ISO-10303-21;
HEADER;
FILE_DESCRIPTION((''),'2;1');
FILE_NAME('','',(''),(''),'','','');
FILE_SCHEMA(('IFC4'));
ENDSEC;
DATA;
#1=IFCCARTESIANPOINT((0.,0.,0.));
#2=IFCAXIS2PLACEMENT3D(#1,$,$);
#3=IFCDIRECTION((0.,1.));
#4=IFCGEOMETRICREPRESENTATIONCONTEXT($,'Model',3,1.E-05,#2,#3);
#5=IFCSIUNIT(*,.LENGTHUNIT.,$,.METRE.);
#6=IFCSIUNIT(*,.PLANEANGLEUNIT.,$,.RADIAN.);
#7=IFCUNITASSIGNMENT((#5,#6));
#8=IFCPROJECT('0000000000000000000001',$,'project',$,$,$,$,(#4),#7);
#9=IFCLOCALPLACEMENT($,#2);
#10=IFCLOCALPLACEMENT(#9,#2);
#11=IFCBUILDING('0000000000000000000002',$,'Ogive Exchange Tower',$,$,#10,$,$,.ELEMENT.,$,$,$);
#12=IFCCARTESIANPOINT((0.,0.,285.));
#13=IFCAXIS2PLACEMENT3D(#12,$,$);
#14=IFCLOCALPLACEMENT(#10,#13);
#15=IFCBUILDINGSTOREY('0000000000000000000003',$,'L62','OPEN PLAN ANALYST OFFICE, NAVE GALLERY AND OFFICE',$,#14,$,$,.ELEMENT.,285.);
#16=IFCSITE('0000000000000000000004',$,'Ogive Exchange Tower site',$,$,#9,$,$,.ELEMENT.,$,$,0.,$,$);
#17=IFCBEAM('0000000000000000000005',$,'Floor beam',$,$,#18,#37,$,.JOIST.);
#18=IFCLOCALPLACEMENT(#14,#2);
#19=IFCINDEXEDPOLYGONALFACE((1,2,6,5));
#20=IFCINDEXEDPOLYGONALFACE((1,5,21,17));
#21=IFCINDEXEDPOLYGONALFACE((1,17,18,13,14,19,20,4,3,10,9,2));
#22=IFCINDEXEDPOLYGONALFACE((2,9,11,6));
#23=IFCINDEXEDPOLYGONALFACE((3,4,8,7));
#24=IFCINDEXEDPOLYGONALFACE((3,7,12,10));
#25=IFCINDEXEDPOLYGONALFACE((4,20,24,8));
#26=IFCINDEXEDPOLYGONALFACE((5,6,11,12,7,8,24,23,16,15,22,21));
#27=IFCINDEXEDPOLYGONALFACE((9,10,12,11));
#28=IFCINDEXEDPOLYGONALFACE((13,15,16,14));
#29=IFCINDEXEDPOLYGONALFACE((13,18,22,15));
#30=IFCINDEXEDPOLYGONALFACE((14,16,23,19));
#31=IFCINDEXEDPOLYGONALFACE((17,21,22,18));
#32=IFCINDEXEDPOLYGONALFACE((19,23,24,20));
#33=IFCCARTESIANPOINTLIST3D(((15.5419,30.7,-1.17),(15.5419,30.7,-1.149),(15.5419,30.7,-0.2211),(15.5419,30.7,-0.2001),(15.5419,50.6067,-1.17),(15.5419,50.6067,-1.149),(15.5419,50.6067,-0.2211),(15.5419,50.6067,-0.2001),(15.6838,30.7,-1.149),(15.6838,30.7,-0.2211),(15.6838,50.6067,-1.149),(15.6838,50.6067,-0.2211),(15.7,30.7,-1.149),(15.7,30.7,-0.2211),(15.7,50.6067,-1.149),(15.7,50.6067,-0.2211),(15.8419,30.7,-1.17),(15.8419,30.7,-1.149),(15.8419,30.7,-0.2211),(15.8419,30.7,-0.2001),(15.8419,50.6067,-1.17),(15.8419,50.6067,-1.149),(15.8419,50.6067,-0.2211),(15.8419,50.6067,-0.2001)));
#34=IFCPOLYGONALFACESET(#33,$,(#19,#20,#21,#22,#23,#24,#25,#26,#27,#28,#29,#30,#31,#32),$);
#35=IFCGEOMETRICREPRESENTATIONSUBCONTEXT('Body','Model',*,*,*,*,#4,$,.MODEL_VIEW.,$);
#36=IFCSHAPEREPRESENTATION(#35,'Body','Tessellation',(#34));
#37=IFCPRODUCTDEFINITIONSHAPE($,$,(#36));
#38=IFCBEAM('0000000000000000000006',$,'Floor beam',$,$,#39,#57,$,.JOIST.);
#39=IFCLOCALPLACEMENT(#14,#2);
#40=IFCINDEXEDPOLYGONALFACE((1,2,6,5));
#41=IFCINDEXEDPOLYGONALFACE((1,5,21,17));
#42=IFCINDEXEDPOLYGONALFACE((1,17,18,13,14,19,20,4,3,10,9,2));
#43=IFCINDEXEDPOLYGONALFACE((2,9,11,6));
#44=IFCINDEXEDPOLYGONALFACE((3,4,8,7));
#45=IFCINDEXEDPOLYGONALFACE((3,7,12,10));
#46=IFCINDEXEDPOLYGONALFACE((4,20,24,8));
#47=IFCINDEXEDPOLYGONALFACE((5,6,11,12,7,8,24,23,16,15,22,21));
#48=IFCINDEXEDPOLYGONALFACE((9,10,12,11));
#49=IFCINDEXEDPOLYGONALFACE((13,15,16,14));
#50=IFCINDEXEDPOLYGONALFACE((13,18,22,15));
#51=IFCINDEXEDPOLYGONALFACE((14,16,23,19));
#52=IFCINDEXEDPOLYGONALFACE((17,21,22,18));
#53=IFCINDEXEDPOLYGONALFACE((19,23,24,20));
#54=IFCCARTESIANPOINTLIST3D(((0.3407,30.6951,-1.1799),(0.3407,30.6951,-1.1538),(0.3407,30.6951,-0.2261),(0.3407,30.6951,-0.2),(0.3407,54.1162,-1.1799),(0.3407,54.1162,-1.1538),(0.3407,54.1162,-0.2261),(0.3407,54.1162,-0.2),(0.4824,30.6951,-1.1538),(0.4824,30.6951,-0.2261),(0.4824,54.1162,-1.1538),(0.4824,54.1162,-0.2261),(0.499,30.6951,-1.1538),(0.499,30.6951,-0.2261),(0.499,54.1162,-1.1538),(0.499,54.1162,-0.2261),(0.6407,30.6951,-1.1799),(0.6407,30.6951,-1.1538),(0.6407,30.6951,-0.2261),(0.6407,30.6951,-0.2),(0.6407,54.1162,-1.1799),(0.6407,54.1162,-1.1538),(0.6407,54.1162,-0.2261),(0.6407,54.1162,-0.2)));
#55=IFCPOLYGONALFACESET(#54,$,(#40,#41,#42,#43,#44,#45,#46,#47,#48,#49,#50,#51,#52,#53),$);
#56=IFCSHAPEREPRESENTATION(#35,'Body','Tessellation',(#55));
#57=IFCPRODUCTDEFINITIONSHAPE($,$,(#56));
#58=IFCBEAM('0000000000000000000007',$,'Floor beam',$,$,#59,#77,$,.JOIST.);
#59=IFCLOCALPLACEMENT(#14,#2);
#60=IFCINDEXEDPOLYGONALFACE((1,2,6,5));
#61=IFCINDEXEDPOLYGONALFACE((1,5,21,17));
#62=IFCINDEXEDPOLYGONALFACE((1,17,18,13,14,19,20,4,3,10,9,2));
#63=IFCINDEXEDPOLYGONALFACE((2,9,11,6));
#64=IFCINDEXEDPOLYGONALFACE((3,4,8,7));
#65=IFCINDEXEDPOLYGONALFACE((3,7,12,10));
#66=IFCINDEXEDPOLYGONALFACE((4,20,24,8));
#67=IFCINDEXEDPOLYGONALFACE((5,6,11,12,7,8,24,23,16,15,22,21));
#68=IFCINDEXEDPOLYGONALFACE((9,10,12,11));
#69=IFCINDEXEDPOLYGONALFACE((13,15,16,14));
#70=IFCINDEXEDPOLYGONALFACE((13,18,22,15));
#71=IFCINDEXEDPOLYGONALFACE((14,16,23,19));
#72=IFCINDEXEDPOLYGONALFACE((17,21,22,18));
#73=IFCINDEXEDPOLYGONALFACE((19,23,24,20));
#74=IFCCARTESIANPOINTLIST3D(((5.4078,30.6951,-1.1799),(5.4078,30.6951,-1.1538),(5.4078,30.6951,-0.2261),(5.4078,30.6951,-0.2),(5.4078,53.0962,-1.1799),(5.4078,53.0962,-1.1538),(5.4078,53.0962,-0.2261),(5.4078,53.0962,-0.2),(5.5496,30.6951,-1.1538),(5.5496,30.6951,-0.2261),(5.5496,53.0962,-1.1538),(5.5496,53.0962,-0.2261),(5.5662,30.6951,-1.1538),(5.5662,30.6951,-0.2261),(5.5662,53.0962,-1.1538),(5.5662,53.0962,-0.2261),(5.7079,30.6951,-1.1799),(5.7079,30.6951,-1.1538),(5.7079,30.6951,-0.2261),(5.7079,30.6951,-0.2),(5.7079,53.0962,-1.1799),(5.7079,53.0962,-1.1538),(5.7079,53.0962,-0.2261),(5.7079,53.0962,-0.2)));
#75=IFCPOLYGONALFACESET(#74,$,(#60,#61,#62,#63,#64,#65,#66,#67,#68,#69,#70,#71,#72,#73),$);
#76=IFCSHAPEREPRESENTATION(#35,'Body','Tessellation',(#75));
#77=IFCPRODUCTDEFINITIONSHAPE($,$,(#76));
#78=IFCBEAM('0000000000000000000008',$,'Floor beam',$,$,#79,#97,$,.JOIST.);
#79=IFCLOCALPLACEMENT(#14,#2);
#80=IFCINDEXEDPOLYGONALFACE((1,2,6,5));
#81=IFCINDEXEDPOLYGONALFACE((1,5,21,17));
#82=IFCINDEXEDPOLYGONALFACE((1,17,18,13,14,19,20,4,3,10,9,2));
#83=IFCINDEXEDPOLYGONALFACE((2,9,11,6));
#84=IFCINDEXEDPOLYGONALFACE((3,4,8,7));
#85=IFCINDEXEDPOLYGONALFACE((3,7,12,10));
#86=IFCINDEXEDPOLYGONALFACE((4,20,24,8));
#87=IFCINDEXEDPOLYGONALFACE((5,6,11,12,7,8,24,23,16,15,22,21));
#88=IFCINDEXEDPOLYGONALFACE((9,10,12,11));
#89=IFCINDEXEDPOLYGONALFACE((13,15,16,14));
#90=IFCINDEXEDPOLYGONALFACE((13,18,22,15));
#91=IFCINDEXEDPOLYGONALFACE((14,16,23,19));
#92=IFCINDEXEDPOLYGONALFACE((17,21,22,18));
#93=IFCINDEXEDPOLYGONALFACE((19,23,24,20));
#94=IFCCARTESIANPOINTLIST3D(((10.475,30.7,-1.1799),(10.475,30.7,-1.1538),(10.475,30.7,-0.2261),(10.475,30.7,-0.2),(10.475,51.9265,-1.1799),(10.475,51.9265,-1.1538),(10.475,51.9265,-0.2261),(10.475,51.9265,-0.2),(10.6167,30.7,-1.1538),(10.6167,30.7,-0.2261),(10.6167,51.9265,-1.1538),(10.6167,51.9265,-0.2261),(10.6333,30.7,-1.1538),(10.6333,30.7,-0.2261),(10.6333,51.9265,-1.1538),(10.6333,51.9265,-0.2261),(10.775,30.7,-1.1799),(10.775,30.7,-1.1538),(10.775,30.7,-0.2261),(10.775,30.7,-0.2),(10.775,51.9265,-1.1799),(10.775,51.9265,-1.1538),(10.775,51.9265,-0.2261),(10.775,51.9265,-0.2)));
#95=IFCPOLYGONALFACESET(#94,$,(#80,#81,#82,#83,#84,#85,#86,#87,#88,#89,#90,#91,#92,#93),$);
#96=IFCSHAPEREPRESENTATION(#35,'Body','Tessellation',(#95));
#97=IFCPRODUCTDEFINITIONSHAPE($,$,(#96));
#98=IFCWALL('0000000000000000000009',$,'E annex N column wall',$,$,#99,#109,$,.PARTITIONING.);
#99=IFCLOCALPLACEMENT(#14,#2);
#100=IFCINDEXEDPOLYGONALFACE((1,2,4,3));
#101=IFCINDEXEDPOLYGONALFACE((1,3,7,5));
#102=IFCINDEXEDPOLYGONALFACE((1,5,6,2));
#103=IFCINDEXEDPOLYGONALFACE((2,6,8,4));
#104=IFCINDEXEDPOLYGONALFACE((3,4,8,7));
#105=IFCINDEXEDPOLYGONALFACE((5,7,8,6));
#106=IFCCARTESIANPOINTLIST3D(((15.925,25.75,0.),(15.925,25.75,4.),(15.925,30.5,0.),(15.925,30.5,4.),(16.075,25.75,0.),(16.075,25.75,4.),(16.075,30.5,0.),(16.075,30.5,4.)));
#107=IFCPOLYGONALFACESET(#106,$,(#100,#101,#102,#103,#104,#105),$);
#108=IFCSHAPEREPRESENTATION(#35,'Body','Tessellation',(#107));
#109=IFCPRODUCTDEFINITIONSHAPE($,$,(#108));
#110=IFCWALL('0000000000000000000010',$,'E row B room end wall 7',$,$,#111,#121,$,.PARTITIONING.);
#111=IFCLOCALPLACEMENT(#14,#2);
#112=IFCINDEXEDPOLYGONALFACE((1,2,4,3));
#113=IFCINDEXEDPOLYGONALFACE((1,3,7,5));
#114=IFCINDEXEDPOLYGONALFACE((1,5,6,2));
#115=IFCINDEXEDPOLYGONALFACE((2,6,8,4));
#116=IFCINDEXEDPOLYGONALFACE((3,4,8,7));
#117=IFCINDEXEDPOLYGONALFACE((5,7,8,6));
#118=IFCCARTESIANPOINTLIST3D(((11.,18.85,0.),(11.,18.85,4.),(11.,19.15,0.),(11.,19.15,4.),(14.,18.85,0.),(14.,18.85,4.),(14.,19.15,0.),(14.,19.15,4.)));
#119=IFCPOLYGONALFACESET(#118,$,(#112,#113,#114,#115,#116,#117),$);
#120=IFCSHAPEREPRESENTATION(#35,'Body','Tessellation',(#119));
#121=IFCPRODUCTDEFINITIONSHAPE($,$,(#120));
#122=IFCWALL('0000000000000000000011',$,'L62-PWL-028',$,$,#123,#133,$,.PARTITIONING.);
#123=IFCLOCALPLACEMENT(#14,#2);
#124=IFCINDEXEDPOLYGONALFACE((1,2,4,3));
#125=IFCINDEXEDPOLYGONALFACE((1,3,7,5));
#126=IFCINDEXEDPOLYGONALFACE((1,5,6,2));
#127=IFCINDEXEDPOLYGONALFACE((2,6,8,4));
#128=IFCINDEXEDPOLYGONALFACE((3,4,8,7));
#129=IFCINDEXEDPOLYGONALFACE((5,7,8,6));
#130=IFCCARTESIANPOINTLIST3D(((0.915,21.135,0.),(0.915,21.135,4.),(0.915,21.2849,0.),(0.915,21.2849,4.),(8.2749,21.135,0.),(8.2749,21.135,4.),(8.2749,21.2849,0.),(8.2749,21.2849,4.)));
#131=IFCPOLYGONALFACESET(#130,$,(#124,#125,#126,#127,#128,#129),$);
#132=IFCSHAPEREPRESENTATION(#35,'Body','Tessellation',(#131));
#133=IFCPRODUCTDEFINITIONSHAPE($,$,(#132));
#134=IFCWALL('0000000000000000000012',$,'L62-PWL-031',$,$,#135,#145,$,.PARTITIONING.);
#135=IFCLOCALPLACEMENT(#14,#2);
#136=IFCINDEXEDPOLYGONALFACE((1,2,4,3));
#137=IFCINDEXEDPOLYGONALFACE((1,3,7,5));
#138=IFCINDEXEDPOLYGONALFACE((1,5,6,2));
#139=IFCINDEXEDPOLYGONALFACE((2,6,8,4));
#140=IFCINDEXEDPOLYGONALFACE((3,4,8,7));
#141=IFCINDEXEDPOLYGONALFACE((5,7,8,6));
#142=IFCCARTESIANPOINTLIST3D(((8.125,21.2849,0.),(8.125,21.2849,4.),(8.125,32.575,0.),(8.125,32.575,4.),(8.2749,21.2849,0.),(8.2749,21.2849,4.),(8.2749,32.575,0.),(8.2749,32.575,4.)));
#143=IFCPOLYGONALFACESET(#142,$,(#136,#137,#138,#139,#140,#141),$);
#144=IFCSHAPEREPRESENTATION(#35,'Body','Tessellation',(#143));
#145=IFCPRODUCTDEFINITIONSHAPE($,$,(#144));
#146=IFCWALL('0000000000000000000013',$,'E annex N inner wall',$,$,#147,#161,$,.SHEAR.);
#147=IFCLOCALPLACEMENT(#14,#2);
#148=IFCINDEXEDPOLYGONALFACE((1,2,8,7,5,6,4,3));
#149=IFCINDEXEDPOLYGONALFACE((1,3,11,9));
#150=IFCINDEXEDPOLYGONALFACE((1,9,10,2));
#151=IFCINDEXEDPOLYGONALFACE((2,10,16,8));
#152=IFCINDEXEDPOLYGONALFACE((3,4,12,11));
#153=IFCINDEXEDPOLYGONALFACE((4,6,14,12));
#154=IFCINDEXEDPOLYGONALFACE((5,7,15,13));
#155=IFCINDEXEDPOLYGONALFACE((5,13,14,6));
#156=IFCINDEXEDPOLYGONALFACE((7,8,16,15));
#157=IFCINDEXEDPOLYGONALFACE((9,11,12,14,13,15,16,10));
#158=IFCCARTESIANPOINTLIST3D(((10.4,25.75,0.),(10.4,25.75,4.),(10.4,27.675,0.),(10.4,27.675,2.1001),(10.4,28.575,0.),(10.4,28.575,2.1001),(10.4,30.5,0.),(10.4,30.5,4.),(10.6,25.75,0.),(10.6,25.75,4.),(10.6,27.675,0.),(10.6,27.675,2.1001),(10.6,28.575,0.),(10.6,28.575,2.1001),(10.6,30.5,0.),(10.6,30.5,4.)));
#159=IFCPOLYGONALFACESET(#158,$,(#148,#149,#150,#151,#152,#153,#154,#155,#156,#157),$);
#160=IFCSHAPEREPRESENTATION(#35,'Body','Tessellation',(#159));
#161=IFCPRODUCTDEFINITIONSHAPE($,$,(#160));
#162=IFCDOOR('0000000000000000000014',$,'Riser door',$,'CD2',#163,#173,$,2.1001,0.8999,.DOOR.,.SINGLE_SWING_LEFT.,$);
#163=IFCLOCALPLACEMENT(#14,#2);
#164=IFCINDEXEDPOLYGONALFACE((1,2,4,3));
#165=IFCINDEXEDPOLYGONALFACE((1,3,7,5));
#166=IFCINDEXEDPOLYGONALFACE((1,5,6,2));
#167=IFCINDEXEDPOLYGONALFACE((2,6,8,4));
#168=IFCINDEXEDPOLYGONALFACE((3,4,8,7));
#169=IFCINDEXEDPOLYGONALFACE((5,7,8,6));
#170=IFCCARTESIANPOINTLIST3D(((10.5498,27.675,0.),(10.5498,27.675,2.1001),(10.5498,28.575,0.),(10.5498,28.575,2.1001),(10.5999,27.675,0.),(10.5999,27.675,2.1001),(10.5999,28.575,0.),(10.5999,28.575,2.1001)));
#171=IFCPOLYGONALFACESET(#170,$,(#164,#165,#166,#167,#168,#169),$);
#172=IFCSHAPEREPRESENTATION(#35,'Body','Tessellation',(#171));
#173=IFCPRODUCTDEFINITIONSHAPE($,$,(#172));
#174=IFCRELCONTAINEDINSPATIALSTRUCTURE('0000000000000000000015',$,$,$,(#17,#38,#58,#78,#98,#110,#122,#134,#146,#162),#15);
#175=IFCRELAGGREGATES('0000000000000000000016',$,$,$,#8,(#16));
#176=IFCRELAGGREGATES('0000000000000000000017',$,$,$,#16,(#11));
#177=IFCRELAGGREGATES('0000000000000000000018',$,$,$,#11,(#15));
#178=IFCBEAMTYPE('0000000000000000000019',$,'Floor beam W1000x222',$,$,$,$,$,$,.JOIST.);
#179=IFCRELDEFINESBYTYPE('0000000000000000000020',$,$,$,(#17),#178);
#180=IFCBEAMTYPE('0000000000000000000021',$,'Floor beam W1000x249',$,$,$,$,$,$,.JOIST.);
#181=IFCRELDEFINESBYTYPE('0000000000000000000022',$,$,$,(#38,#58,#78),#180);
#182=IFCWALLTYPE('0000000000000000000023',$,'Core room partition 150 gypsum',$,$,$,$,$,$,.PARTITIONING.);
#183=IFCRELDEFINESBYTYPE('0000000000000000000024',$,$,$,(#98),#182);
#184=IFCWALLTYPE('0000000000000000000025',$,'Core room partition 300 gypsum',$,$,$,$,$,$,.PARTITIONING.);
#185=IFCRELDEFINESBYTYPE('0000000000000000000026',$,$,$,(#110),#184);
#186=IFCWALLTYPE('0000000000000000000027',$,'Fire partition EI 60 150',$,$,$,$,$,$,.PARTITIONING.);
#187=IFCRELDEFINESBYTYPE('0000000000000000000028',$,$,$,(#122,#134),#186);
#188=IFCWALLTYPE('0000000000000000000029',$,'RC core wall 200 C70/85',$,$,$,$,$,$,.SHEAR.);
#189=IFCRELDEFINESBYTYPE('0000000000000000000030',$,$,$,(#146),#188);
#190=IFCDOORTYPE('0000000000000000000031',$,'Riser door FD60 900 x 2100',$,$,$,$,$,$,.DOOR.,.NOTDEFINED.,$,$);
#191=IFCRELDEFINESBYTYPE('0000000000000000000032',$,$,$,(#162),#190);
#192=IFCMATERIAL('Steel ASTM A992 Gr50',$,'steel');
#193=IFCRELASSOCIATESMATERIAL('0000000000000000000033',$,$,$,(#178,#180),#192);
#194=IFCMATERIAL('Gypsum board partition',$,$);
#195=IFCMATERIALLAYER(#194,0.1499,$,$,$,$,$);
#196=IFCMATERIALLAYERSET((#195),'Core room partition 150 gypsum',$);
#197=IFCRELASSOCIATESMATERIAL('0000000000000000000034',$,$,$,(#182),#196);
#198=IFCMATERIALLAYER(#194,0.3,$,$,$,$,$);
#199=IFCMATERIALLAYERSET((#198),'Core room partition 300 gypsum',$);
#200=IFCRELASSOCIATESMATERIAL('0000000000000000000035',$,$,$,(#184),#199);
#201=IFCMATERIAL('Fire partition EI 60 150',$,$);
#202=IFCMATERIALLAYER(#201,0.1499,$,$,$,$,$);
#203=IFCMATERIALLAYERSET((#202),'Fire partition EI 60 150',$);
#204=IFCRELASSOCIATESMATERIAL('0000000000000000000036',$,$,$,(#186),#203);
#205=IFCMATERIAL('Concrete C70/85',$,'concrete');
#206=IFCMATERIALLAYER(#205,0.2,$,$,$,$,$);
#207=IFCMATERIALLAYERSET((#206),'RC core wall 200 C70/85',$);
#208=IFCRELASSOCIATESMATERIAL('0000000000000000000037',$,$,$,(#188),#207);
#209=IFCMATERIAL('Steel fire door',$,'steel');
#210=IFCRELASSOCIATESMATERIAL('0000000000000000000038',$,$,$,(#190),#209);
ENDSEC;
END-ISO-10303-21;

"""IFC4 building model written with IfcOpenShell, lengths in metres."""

from ifc_helpers import new_model, si_unit, direction, frame, frame_2d, origin, origin_2d, place, context, subcontext, project, spatial, rectangle, i_section, extrude, material, layer, layer_set, material_profile, profile_set, type_object, element, fill, save


model = new_model("IFC4")

# Units and contexts
model_context = context("Model", 3, precision=1e-05, world=origin(), true_north=direction((0.0, 1.0)))
body_context = subcontext(model_context, "Body", "Model", "MODEL_VIEW")
ifc_project = project(units=[si_unit("LENGTHUNIT", "METRE"), si_unit("PLANEANGLEUNIT", "RADIAN")], contexts=[model_context])

# Site, building, storey
site_placement = place(None, origin())
site = spatial("IfcSite", under=ifc_project, at=site_placement, Name="Ogive Exchange Tower site", CompositionType="ELEMENT", RefElevation=0.0)
building_placement = place(site_placement, origin())
building = spatial("IfcBuilding", under=site, at=building_placement, Name="Ogive Exchange Tower", CompositionType="ELEMENT")
storey_placement = place(building_placement, frame((0.0, 0.0, 285.0)))
storey = spatial("IfcBuildingStorey", under=building, at=storey_placement, Name="L62", Description="OPEN PLAN ANALYST OFFICE, NAVE GALLERY AND OFFICE", CompositionType="ELEMENT", Elevation=285.0)

# Beams
ifc_material_1 = material(Name="Steel ASTM A992 Gr50", Category="steel")
ifc_material_profile_1 = material_profile(ifc_material_1, i_section(OverallWidth=0.3, OverallDepth=0.97, WebThickness=0.0161, FlangeThickness=0.021, at=origin_2d()), Name="W1000x222")
ifc_profile_set_1 = profile_set([ifc_material_profile_1], Name="Steel ASTM A992 Gr50")
beam_type_1 = type_object("IfcBeamType", Name="Floor beam W1000x222", PredefinedType="JOIST", material=ifc_profile_set_1)
beam_1_placement = place(storey_placement, frame((15.6919, 30.7, -0.6851), z_axis=(0.0, 1.0, 0.0), x_axis=(-1.0, 0.0, 0.0)))
element("IfcBeam", 1, at=beam_1_placement, inside=storey, type_object=beam_type_1, Name="Floor beam", PredefinedType="JOIST", context=body_context, shape_type="SweptSolid", body=[
    extrude(i_section(OverallWidth=0.3, OverallDepth=0.97, WebThickness=0.0161, FlangeThickness=0.021, at=origin_2d()), origin(), (0.0, 0.0, 1.0), 19.9067),
])
ifc_material_profile_2 = material_profile(ifc_material_1, i_section(OverallWidth=0.3, OverallDepth=0.98, WebThickness=0.0166, FlangeThickness=0.0261, at=origin_2d()), Name="W1000x249")
ifc_profile_set_2 = profile_set([ifc_material_profile_2], Name="Steel ASTM A992 Gr50")
beam_type_2 = type_object("IfcBeamType", Name="Floor beam W1000x249", PredefinedType="JOIST", material=ifc_profile_set_2)
beam_2_placement = place(storey_placement, frame((0.4907, 30.6951, -0.6899), z_axis=(0.0, 1.0, 0.0), x_axis=(-1.0, 0.0, 0.0)))
element("IfcBeam", 2, at=beam_2_placement, inside=storey, type_object=beam_type_2, Name="Floor beam", PredefinedType="JOIST", context=body_context, shape_type="SweptSolid", body=[
    extrude(i_section(OverallWidth=0.3, OverallDepth=0.98, WebThickness=0.0166, FlangeThickness=0.0261, at=origin_2d()), origin(), (0.0, 0.0, 1.0), 23.4211),
])
beam_3_placement = place(storey_placement, frame((5.5579, 30.6951, -0.6899), z_axis=(0.0, 1.0, 0.0), x_axis=(-1.0, 0.0, 0.0)))
element("IfcBeam", 3, at=beam_3_placement, inside=storey, type_object=beam_type_2, Name="Floor beam", PredefinedType="JOIST", context=body_context, shape_type="SweptSolid", body=[
    extrude(i_section(OverallWidth=0.3, OverallDepth=0.98, WebThickness=0.0166, FlangeThickness=0.0261, at=origin_2d()), origin(), (0.0, 0.0, 1.0), 22.4011),
])
beam_4_placement = place(storey_placement, frame((10.625, 30.7, -0.6899), z_axis=(0.0, 1.0, 0.0), x_axis=(-1.0, 0.0, 0.0)))
element("IfcBeam", 4, at=beam_4_placement, inside=storey, type_object=beam_type_2, Name="Floor beam", PredefinedType="JOIST", context=body_context, shape_type="SweptSolid", body=[
    extrude(i_section(OverallWidth=0.3, OverallDepth=0.98, WebThickness=0.0166, FlangeThickness=0.0261, at=origin_2d()), origin(), (0.0, 0.0, 1.0), 21.2266),
])

# Walls
ifc_material_2 = material(Name="Gypsum board partition")
ifc_layer_1 = layer(ifc_material_2, 0.1499)
ifc_layer_set_1 = layer_set([ifc_layer_1], Name="Core room partition 150 gypsum")
wall_type_1 = type_object("IfcWallType", Name="Core room partition 150 gypsum", PredefinedType="PARTITIONING", material=ifc_layer_set_1)
wall_1_placement = place(storey_placement, frame((16.0, 25.75, 0.0), z_axis=(0.0, 0.0, 1.0), x_axis=(0.0, 1.0, 0.0)))
element("IfcWall", 5, at=wall_1_placement, inside=storey, type_object=wall_type_1, Name="E annex N column wall", PredefinedType="PARTITIONING", context=body_context, shape_type="SweptSolid", body=[
    extrude(rectangle(XDim=4.75, YDim=0.1499, at=frame_2d((2.375, 0.0))), origin(), (0.0, 0.0, 1.0), 4.0),
])
ifc_layer_2 = layer(ifc_material_2, 0.3)
ifc_layer_set_2 = layer_set([ifc_layer_2], Name="Core room partition 300 gypsum")
wall_type_2 = type_object("IfcWallType", Name="Core room partition 300 gypsum", PredefinedType="PARTITIONING", material=ifc_layer_set_2)
wall_2_placement = place(storey_placement, frame((11.0, 19.0, 0.0), z_axis=(0.0, 0.0, 1.0), x_axis=(1.0, 0.0, 0.0)))
element("IfcWall", 6, at=wall_2_placement, inside=storey, type_object=wall_type_2, Name="E row B room end wall 7", PredefinedType="PARTITIONING", context=body_context, shape_type="SweptSolid", body=[
    extrude(rectangle(XDim=3.0, YDim=0.3, at=frame_2d((1.5, 0.0))), origin(), (0.0, 0.0, 1.0), 4.0),
])
ifc_material_3 = material(Name="Fire partition EI 60 150")
ifc_layer_3 = layer(ifc_material_3, 0.1499)
ifc_layer_set_3 = layer_set([ifc_layer_3], Name="Fire partition EI 60 150")
wall_type_3 = type_object("IfcWallType", Name="Fire partition EI 60 150", PredefinedType="PARTITIONING", material=ifc_layer_set_3)
wall_3_placement = place(storey_placement, frame((0.915, 21.21, 0.0), z_axis=(0.0, 0.0, 1.0), x_axis=(1.0, 0.0, 0.0)))
element("IfcWall", 7, at=wall_3_placement, inside=storey, type_object=wall_type_3, Name="L62-PWL-028", PredefinedType="PARTITIONING", context=body_context, shape_type="SweptSolid", body=[
    extrude(rectangle(XDim=7.3599, YDim=0.1499, at=frame_2d((3.6799, 0.0))), origin(), (0.0, 0.0, 1.0), 4.0),
])
wall_4_placement = place(storey_placement, frame((8.2, 21.2849, 0.0), z_axis=(0.0, 0.0, 1.0), x_axis=(0.0, 1.0, 0.0)))
element("IfcWall", 8, at=wall_4_placement, inside=storey, type_object=wall_type_3, Name="L62-PWL-031", PredefinedType="PARTITIONING", context=body_context, shape_type="SweptSolid", body=[
    extrude(rectangle(XDim=11.29, YDim=0.1499, at=frame_2d((5.645, 0.0))), origin(), (0.0, 0.0, 1.0), 4.0),
])

# Wall, opening, door
ifc_material_4 = material(Name="Concrete C70/85", Category="concrete")
ifc_layer_4 = layer(ifc_material_4, 0.2)
ifc_layer_set_4 = layer_set([ifc_layer_4], Name="RC core wall 200 C70/85")
wall_type_4 = type_object("IfcWallType", Name="RC core wall 200 C70/85", PredefinedType="SHEAR", material=ifc_layer_set_4)
wall_5_placement = place(storey_placement, frame((10.5, 25.75, 0.0), z_axis=(0.0, 0.0, 1.0), x_axis=(0.0, 1.0, 0.0)))
wall_5 = element("IfcWall", 9, at=wall_5_placement, inside=storey, type_object=wall_type_4, Name="E annex N inner wall", PredefinedType="SHEAR", context=body_context, shape_type="SweptSolid", body=[
    extrude(rectangle(XDim=4.75, YDim=0.2, at=frame_2d((2.375, 0.0))), origin(), (0.0, 0.0, 1.0), 4.0),
])
opening_1_placement = place(wall_5_placement, frame((1.925, 0.0, 0.0)))
opening_1 = element("IfcOpeningElement", 10, at=opening_1_placement, cuts=wall_5, PredefinedType="OPENING", context=body_context, shape_type="SweptSolid", body=[
    extrude(rectangle(XDim=0.8999, YDim=2.1001, at=frame_2d((0.45, 1.05))), frame((0.0, 0.1099, 0.0), z_axis=(0.0, -1.0, 0.0), x_axis=(1.0, 0.0, 0.0)), (0.0, 0.0, 1.0), 0.22),
])
ifc_material_5 = material(Name="Steel fire door", Category="steel")
door_type_1 = type_object("IfcDoorType", Name="Riser door FD60 900 x 2100", OperationType="NOTDEFINED", PredefinedType="DOOR", material=ifc_material_5)
door_1_placement = place(opening_1_placement, origin())
door_1 = element("IfcDoor", 11, at=door_1_placement, inside=storey, type_object=door_type_1, Name="Riser door", ObjectType="CD2", OperationType="SINGLE_SWING_LEFT", OverallHeight=2.1001, OverallWidth=0.8999, PredefinedType="DOOR", context=body_context, shape_type="SweptSolid", body=[
    extrude(rectangle(XDim=0.8999, YDim=2.1001, at=frame_2d((0.45, 1.05))), frame((0.0, -0.0498, 0.0), z_axis=(0.0, -1.0, 0.0), x_axis=(1.0, 0.0, 0.0)), (0.0, 0.0, 1.0), 0.05),
])
fill(opening_1, door_1)

save(model, "model.ifc")
